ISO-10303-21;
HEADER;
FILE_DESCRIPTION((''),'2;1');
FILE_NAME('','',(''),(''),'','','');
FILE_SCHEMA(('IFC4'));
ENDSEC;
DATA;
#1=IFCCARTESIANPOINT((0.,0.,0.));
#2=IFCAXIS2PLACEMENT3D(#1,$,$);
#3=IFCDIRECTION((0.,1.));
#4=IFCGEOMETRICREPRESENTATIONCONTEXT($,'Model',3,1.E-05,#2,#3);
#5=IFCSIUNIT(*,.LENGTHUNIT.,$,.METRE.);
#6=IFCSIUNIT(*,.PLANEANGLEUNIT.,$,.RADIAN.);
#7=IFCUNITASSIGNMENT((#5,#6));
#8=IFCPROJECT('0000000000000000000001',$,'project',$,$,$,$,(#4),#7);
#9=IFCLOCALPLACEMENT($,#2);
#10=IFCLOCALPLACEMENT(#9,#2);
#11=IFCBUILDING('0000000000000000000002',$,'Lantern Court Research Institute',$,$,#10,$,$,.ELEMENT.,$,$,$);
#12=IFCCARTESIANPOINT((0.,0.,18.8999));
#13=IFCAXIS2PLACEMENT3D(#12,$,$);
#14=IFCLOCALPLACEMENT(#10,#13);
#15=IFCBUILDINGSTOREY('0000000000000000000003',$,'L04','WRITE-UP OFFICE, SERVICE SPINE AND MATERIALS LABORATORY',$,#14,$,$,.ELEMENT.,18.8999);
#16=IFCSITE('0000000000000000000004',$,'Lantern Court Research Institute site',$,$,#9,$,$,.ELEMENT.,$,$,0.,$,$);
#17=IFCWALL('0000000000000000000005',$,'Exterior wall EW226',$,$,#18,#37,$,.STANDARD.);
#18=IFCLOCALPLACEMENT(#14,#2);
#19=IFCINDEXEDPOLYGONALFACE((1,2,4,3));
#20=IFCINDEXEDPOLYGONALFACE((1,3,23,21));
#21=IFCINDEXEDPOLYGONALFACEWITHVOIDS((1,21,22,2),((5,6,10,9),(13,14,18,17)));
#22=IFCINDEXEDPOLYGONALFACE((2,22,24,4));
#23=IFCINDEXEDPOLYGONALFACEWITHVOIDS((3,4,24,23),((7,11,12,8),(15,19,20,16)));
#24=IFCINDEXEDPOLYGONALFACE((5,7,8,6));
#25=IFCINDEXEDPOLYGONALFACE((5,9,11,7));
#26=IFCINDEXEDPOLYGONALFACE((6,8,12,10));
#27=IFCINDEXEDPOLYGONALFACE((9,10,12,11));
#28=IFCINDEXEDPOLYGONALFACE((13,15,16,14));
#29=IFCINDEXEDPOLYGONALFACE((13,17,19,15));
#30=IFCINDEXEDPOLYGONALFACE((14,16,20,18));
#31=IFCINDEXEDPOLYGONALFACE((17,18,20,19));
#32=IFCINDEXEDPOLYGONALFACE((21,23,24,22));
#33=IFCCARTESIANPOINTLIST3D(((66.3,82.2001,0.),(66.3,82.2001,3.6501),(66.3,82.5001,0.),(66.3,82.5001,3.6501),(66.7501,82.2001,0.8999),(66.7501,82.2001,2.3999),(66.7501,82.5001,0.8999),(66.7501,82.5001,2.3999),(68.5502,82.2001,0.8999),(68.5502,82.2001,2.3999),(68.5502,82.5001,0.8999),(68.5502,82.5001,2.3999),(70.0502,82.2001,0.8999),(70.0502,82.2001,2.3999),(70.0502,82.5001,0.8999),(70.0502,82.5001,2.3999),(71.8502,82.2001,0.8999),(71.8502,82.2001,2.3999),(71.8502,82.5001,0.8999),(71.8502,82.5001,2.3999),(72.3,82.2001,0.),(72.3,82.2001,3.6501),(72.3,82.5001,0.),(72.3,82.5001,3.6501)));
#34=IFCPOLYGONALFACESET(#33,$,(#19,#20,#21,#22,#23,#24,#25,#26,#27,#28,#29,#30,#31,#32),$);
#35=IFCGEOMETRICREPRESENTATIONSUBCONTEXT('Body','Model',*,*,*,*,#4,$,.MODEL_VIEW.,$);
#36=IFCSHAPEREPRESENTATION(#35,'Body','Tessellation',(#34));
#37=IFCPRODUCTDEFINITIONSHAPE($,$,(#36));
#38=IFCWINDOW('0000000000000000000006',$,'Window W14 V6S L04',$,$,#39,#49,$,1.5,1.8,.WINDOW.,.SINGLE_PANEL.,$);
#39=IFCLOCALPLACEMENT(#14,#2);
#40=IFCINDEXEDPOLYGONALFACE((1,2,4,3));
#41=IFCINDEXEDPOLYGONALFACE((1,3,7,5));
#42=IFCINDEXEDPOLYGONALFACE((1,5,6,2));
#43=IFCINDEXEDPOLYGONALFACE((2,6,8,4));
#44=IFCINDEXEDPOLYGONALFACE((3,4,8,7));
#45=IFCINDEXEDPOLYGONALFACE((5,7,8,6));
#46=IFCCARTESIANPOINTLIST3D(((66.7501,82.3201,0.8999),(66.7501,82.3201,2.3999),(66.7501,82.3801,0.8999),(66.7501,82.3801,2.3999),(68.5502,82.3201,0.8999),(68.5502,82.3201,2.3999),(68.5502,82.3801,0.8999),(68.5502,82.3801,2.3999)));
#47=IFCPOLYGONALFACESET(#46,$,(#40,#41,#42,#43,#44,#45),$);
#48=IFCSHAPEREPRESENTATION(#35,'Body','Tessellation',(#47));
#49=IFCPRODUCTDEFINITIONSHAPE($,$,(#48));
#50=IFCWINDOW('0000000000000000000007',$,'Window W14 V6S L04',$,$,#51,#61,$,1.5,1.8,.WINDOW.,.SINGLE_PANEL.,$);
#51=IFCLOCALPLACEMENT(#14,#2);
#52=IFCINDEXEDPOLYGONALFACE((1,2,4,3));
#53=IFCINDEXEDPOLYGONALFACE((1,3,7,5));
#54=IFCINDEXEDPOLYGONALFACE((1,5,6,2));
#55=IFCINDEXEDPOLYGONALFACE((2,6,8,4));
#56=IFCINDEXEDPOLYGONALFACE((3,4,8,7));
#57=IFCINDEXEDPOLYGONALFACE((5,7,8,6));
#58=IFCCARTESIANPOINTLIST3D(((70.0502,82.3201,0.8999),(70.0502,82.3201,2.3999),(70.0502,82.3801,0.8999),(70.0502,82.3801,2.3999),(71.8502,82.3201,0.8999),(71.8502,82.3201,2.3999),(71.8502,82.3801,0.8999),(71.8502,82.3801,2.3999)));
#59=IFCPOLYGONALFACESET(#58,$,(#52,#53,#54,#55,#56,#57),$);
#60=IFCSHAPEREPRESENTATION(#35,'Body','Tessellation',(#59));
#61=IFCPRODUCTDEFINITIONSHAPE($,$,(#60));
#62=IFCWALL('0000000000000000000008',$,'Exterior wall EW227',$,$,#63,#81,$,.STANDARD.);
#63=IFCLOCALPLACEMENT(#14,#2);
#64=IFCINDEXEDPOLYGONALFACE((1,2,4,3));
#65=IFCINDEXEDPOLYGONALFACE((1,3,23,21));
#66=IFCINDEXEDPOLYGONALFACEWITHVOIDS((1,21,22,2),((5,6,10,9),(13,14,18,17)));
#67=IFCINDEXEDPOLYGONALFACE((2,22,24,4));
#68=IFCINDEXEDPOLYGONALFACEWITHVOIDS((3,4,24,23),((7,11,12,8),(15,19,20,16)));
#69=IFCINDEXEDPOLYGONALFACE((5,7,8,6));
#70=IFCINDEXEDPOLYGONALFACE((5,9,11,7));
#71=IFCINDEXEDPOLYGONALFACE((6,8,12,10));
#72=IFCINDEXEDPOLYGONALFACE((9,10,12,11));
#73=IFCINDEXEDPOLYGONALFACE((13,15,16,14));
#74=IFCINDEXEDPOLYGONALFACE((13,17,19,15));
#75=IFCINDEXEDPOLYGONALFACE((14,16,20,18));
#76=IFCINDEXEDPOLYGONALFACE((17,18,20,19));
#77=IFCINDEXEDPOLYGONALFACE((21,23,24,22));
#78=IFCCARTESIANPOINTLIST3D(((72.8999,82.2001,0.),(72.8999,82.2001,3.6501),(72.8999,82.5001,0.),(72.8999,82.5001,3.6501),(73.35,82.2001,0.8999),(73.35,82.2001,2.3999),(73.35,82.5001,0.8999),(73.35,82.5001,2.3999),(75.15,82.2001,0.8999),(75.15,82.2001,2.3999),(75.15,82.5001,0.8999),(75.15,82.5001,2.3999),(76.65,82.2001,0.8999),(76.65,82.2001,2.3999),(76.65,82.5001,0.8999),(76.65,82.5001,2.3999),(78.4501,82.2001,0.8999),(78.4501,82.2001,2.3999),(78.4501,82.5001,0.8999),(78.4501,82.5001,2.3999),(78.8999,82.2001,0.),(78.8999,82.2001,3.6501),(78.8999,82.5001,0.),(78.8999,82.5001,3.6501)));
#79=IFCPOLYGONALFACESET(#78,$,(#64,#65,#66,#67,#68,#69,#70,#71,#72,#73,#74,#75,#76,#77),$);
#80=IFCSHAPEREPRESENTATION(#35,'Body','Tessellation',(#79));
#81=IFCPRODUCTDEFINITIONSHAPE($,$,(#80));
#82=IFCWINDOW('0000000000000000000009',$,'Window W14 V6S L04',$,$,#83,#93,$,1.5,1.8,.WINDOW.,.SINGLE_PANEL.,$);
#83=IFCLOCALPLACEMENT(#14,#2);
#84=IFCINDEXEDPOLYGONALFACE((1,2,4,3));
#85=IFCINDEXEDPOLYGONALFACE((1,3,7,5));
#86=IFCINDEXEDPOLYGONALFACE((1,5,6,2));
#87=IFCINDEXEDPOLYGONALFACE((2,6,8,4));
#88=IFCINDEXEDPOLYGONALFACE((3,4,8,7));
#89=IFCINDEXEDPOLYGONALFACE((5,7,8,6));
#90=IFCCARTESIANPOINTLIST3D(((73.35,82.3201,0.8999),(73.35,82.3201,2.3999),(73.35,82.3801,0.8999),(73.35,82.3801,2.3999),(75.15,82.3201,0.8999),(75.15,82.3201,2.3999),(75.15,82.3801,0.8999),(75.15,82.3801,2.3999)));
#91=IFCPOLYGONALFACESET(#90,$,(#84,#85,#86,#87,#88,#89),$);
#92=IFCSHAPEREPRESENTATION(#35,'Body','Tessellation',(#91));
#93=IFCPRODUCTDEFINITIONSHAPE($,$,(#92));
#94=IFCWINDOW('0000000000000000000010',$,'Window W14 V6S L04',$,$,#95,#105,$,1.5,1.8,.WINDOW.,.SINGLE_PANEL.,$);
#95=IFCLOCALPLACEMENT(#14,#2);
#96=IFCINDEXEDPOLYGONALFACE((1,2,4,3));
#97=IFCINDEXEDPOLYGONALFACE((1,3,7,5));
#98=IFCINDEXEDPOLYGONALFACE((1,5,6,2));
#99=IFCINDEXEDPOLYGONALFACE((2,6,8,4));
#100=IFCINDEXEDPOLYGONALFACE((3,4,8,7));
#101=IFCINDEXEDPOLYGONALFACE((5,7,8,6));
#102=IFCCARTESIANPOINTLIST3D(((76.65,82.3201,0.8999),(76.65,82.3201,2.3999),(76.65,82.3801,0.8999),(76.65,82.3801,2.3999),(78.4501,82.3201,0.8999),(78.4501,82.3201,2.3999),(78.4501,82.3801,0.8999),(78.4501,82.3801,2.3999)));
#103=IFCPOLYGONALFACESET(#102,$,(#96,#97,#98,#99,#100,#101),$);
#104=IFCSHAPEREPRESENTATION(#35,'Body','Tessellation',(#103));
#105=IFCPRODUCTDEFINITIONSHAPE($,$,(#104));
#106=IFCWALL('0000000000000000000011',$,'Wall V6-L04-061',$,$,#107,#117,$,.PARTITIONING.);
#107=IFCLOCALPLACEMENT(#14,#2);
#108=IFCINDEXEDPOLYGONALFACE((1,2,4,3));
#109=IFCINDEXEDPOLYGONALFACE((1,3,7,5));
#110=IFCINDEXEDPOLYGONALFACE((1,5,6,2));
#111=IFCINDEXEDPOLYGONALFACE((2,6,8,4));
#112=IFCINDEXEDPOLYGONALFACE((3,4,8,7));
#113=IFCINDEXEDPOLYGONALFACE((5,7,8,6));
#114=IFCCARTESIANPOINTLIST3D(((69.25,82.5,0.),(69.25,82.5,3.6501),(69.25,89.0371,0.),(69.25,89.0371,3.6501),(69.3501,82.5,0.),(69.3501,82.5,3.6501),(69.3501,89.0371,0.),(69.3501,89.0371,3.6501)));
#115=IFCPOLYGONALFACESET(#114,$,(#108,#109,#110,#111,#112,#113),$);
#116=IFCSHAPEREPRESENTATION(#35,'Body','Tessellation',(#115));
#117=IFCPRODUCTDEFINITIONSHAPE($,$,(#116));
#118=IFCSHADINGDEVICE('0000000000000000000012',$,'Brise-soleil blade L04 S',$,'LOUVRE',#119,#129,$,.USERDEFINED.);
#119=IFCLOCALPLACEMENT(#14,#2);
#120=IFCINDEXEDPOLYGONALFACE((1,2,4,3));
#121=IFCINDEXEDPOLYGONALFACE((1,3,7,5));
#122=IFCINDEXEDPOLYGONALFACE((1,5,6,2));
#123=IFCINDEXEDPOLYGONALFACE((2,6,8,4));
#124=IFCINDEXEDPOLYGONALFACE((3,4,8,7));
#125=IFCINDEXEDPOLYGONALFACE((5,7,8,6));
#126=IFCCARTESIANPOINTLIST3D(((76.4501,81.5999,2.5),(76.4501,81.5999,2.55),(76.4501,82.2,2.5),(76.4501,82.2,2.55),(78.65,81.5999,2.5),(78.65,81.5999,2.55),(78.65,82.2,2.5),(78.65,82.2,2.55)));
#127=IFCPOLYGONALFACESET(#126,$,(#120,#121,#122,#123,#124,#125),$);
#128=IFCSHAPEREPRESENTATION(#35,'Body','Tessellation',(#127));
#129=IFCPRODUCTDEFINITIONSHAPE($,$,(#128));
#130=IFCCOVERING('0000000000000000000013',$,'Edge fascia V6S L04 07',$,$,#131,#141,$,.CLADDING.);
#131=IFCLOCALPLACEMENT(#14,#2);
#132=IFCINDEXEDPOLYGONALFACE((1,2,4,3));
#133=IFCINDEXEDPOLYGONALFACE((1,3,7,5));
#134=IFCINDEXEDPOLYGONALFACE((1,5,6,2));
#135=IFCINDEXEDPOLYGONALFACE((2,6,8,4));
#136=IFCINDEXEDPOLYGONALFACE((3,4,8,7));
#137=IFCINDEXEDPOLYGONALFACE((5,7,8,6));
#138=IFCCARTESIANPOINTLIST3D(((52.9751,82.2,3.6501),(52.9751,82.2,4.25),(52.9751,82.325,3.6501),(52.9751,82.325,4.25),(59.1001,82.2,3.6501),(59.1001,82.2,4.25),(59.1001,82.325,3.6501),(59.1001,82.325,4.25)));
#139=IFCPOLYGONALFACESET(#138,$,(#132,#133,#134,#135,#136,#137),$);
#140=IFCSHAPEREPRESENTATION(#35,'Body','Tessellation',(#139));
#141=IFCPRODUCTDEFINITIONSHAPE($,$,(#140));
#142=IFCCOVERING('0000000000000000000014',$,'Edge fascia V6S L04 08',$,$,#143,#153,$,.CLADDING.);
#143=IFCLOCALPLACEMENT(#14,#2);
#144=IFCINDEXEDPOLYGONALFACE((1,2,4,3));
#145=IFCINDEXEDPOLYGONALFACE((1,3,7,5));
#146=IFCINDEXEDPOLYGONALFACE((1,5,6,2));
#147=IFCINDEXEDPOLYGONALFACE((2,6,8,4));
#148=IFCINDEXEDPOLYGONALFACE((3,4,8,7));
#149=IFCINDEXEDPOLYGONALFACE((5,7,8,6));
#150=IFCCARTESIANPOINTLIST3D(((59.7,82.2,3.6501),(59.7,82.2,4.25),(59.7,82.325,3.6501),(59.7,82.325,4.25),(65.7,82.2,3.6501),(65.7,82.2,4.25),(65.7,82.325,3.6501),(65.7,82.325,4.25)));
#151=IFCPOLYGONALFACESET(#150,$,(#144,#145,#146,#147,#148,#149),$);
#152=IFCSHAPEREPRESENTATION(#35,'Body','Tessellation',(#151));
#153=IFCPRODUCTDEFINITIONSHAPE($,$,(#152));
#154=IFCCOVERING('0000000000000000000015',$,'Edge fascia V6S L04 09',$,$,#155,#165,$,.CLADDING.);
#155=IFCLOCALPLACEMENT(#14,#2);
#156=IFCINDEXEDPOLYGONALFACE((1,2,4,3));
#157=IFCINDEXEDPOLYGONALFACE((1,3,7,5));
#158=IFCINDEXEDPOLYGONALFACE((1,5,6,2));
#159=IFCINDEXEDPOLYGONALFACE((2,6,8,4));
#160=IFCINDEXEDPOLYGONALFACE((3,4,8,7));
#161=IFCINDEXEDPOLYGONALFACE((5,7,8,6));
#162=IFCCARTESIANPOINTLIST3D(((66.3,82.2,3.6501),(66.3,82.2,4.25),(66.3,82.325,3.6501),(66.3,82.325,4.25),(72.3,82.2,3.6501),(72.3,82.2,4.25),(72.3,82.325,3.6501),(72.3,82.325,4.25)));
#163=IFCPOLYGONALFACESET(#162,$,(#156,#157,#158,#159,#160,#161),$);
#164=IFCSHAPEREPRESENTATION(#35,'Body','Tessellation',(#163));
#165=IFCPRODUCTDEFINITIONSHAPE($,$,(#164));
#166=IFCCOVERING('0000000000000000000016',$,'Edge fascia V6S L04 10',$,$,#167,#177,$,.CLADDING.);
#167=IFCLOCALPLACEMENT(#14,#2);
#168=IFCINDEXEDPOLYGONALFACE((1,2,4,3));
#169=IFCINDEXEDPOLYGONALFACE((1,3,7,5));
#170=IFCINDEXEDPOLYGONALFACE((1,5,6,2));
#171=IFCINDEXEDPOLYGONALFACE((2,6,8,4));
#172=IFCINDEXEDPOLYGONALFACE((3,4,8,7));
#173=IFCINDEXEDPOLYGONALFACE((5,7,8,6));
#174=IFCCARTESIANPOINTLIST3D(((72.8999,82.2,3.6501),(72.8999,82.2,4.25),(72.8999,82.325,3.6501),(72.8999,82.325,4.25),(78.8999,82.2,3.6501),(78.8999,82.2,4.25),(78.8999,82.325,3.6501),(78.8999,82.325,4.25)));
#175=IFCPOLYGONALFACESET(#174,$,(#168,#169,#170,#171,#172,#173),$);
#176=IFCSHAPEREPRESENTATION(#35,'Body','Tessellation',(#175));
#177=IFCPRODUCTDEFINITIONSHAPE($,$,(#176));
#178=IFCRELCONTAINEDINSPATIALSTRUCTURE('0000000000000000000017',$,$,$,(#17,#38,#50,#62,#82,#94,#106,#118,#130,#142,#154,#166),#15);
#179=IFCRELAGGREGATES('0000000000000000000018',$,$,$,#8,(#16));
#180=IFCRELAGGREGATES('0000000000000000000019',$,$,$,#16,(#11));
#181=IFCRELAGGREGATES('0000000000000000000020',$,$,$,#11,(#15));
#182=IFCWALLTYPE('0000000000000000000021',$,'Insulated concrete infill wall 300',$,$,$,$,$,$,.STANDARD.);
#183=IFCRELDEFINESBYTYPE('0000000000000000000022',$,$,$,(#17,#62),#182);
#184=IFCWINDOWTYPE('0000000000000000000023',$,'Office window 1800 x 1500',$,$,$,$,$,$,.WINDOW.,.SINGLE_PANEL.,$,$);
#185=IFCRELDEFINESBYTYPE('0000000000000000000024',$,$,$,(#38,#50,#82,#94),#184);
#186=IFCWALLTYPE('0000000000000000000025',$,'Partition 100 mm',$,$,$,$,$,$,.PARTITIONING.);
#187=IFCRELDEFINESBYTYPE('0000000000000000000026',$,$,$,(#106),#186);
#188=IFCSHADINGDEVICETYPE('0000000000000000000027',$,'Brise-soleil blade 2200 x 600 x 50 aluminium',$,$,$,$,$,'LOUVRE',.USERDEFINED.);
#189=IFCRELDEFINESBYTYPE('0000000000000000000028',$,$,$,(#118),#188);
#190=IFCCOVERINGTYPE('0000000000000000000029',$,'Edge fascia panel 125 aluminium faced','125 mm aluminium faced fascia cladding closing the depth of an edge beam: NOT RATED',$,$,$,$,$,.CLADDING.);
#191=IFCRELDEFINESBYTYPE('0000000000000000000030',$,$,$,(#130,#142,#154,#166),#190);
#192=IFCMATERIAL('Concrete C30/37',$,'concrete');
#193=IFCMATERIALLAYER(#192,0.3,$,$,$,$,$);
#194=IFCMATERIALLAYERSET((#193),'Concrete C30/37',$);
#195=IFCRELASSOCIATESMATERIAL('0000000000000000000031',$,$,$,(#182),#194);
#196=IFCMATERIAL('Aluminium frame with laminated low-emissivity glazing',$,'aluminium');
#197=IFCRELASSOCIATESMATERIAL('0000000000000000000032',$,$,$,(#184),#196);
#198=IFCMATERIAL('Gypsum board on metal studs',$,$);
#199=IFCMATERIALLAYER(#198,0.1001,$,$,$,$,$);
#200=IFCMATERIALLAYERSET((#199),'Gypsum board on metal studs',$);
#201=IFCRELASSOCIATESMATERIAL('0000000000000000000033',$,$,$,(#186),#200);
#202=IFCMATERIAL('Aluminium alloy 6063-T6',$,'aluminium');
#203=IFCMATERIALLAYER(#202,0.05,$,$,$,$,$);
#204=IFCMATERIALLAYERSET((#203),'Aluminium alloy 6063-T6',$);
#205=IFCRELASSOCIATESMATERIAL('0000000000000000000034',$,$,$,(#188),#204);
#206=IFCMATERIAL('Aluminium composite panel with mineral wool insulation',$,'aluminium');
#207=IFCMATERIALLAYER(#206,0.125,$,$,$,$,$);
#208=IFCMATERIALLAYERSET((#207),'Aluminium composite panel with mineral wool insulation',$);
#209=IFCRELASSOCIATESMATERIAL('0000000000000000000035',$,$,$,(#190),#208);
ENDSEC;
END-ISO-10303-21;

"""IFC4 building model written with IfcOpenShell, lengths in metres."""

from ifc_helpers import new_model, si_unit, direction, frame, frame_2d, origin, origin_2d, place, context, subcontext, project, spatial, rectangle, extrude, material, layer, layer_set, type_object, element, fill, save


model = new_model("IFC4")

# Units and contexts
model_context = context("Model", 3, precision=1e-05, world=origin(), true_north=direction((0.0, 1.0)))
body_context = subcontext(model_context, "Body", "Model", "MODEL_VIEW")
ifc_project = project(units=[si_unit("LENGTHUNIT", "METRE"), si_unit("PLANEANGLEUNIT", "RADIAN")], contexts=[model_context])

# Site, building, storey
site_placement = place(None, origin())
site = spatial("IfcSite", under=ifc_project, at=site_placement, Name="Lantern Court Research Institute site", CompositionType="ELEMENT", RefElevation=0.0)
building_placement = place(site_placement, origin())
building = spatial("IfcBuilding", under=site, at=building_placement, Name="Lantern Court Research Institute", CompositionType="ELEMENT")
storey_placement = place(building_placement, frame((0.0, 0.0, 18.8999)))
storey = spatial("IfcBuildingStorey", under=building, at=storey_placement, Name="L04", Description="WRITE-UP OFFICE, SERVICE SPINE AND MATERIALS LABORATORY", CompositionType="ELEMENT", Elevation=18.8999)

# Walls, openings, windows
ifc_material_1 = material(Name="Concrete C30/37", Category="concrete")
ifc_layer_1 = layer(ifc_material_1, 0.3)
ifc_layer_set_1 = layer_set([ifc_layer_1], Name="Concrete C30/37")
wall_type_1 = type_object("IfcWallType", Name="Insulated concrete infill wall 300", PredefinedType="STANDARD", material=ifc_layer_set_1)
ifc_material_2 = material(Name="Aluminium frame with laminated low-emissivity glazing", Category="aluminium")
window_type = type_object("IfcWindowType", Name="Office window 1800 x 1500", PartitioningType="SINGLE_PANEL", PredefinedType="WINDOW", material=ifc_material_2)
wall_1_placement = place(storey_placement, frame((72.3, 82.3501, 0.0), z_axis=(0.0, 0.0, 1.0), x_axis=(-1.0, 0.0, 0.0)))
wall_1 = element("IfcWall", 1, at=wall_1_placement, inside=storey, type_object=wall_type_1, Name="Exterior wall EW226", PredefinedType="STANDARD", context=body_context, shape_type="SweptSolid", body=[
    extrude(rectangle(XDim=6.0, YDim=0.3, at=frame_2d((3.0, 0.0))), origin(), (0.0, 0.0, 1.0), 3.6501),
])
opening_1_placement = place(wall_1_placement, frame((3.75, 0.0, 0.8999)))
opening_1 = element("IfcOpeningElement", 2, at=opening_1_placement, cuts=wall_1, PredefinedType="OPENING", context=body_context, shape_type="SweptSolid", body=[
    extrude(rectangle(XDim=1.8, YDim=1.5, at=frame_2d((0.8999, 0.75))), frame((0.0, 0.1599, 0.0), z_axis=(0.0, -1.0, 0.0), x_axis=(1.0, 0.0, 0.0)), (0.0, 0.0, 1.0), 0.3201),
])
opening_2_placement = place(wall_1_placement, frame((0.45, 0.0, 0.8999)))
opening_2 = element("IfcOpeningElement", 3, at=opening_2_placement, cuts=wall_1, PredefinedType="OPENING", context=body_context, shape_type="SweptSolid", body=[
    extrude(rectangle(XDim=1.8, YDim=1.5, at=frame_2d((0.8999, 0.75))), frame((0.0, 0.1599, 0.0), z_axis=(0.0, -1.0, 0.0), x_axis=(1.0, 0.0, 0.0)), (0.0, 0.0, 1.0), 0.3201),
])
window_1_placement = place(opening_1_placement, origin())
window_1 = element("IfcWindow", 4, at=window_1_placement, inside=storey, type_object=window_type, Name="Window W14 V6S L04", OverallHeight=1.5, OverallWidth=1.8, PartitioningType="SINGLE_PANEL", PredefinedType="WINDOW", context=body_context, shape_type="SweptSolid", body=[
    extrude(rectangle(XDim=1.8, YDim=1.5, at=frame_2d((0.8999, 0.75))), frame((0.0, 0.03, 0.0), z_axis=(0.0, -1.0, 0.0), x_axis=(1.0, 0.0, 0.0)), (0.0, 0.0, 1.0), 0.0601),
])
fill(opening_1, window_1)
window_2_placement = place(opening_2_placement, origin())
window_2 = element("IfcWindow", 5, at=window_2_placement, inside=storey, type_object=window_type, Name="Window W14 V6S L04", OverallHeight=1.5, OverallWidth=1.8, PartitioningType="SINGLE_PANEL", PredefinedType="WINDOW", context=body_context, shape_type="SweptSolid", body=[
    extrude(rectangle(XDim=1.8, YDim=1.5, at=frame_2d((0.8999, 0.75))), frame((0.0, 0.03, 0.0), z_axis=(0.0, -1.0, 0.0), x_axis=(1.0, 0.0, 0.0)), (0.0, 0.0, 1.0), 0.0601),
])
fill(opening_2, window_2)
wall_2_placement = place(storey_placement, frame((78.8999, 82.3501, 0.0), z_axis=(0.0, 0.0, 1.0), x_axis=(-1.0, 0.0, 0.0)))
wall_2 = element("IfcWall", 6, at=wall_2_placement, inside=storey, type_object=wall_type_1, Name="Exterior wall EW227", PredefinedType="STANDARD", context=body_context, shape_type="SweptSolid", body=[
    extrude(rectangle(XDim=6.0, YDim=0.3, at=frame_2d((3.0, 0.0))), origin(), (0.0, 0.0, 1.0), 3.6501),
])
opening_3_placement = place(wall_2_placement, frame((3.75, 0.0, 0.8999)))
opening_3 = element("IfcOpeningElement", 7, at=opening_3_placement, cuts=wall_2, PredefinedType="OPENING", context=body_context, shape_type="SweptSolid", body=[
    extrude(rectangle(XDim=1.8, YDim=1.5, at=frame_2d((0.8999, 0.75))), frame((0.0, 0.1599, 0.0), z_axis=(0.0, -1.0, 0.0), x_axis=(1.0, 0.0, 0.0)), (0.0, 0.0, 1.0), 0.3201),
])
opening_4_placement = place(wall_2_placement, frame((0.45, 0.0, 0.8999)))
opening_4 = element("IfcOpeningElement", 8, at=opening_4_placement, cuts=wall_2, PredefinedType="OPENING", context=body_context, shape_type="SweptSolid", body=[
    extrude(rectangle(XDim=1.8, YDim=1.5, at=frame_2d((0.8999, 0.75))), frame((0.0, 0.1599, 0.0), z_axis=(0.0, -1.0, 0.0), x_axis=(1.0, 0.0, 0.0)), (0.0, 0.0, 1.0), 0.3201),
])
window_3_placement = place(opening_3_placement, origin())
window_3 = element("IfcWindow", 9, at=window_3_placement, inside=storey, type_object=window_type, Name="Window W14 V6S L04", OverallHeight=1.5, OverallWidth=1.8, PartitioningType="SINGLE_PANEL", PredefinedType="WINDOW", context=body_context, shape_type="SweptSolid", body=[
    extrude(rectangle(XDim=1.8, YDim=1.5, at=frame_2d((0.8999, 0.75))), frame((0.0, 0.03, 0.0), z_axis=(0.0, -1.0, 0.0), x_axis=(1.0, 0.0, 0.0)), (0.0, 0.0, 1.0), 0.0601),
])
fill(opening_3, window_3)
window_4_placement = place(opening_4_placement, origin())
window_4 = element("IfcWindow", 10, at=window_4_placement, inside=storey, type_object=window_type, Name="Window W14 V6S L04", OverallHeight=1.5, OverallWidth=1.8, PartitioningType="SINGLE_PANEL", PredefinedType="WINDOW", context=body_context, shape_type="SweptSolid", body=[
    extrude(rectangle(XDim=1.8, YDim=1.5, at=frame_2d((0.8999, 0.75))), frame((0.0, 0.03, 0.0), z_axis=(0.0, -1.0, 0.0), x_axis=(1.0, 0.0, 0.0)), (0.0, 0.0, 1.0), 0.0601),
])
fill(opening_4, window_4)

# Wall
ifc_material_3 = material(Name="Gypsum board on metal studs")
ifc_layer_2 = layer(ifc_material_3, 0.1001)
ifc_layer_set_2 = layer_set([ifc_layer_2], Name="Gypsum board on metal studs")
wall_type_2 = type_object("IfcWallType", Name="Partition 100 mm", PredefinedType="PARTITIONING", material=ifc_layer_set_2)
wall_3_placement = place(storey_placement, frame((69.3, 82.5, 0.0), z_axis=(0.0, 0.0, 1.0), x_axis=(0.0, 1.0, 0.0)))
element("IfcWall", 11, at=wall_3_placement, inside=storey, type_object=wall_type_2, Name="Wall V6-L04-061", PredefinedType="PARTITIONING", context=body_context, shape_type="SweptSolid", body=[
    extrude(rectangle(XDim=6.5371, YDim=0.1001, at=frame_2d((3.2686, 0.0))), origin(), (0.0, 0.0, 1.0), 3.6501),
])

# Shading device
ifc_material_4 = material(Name="Aluminium alloy 6063-T6", Category="aluminium")
ifc_layer_3 = layer(ifc_material_4, 0.05)
ifc_layer_set_3 = layer_set([ifc_layer_3], Name="Aluminium alloy 6063-T6")
shading_device_type = type_object("IfcShadingDeviceType", Name="Brise-soleil blade 2200 x 600 x 50 aluminium", ElementType="LOUVRE", PredefinedType="USERDEFINED", material=ifc_layer_set_3)
shading_device_placement = place(storey_placement, frame((77.55, 81.8999, 2.5), z_axis=(0.0, 0.0, 1.0), x_axis=(-1.0, 0.0, 0.0)))
element("IfcShadingDevice", 12, at=shading_device_placement, inside=storey, type_object=shading_device_type, Name="Brise-soleil blade L04 S", ObjectType="LOUVRE", PredefinedType="USERDEFINED", context=body_context, shape_type="SweptSolid", body=[
    extrude(rectangle(XDim=2.2, YDim=0.6001, at=origin_2d()), origin(), (0.0, 0.0, 1.0), 0.05),
])

# Coverings
ifc_material_5 = material(Name="Aluminium composite panel with mineral wool insulation", Category="aluminium")
ifc_layer_4 = layer(ifc_material_5, 0.125)
ifc_layer_set_4 = layer_set([ifc_layer_4], Name="Aluminium composite panel with mineral wool insulation")
covering_type_1 = type_object("IfcCoveringType", Name="Edge fascia panel 125 aluminium faced", Description="125 mm aluminium faced fascia cladding closing the depth of an edge beam: NOT RATED", PredefinedType="CLADDING", material=ifc_layer_set_4)
covering_1_placement = place(storey_placement, frame((59.1001, 82.2625, 3.6501), z_axis=(0.0, 0.0, 1.0), x_axis=(-1.0, 0.0, 0.0)))
element("IfcCovering", 13, at=covering_1_placement, inside=storey, type_object=covering_type_1, Name="Edge fascia V6S L04 07", PredefinedType="CLADDING", context=body_context, shape_type="SweptSolid", body=[
    extrude(rectangle(XDim=6.125, YDim=0.125, at=frame_2d((3.0625, 0.0))), origin(), (0.0, 0.0, 1.0), 0.5999),
])
for number, where, z_axis, x_axis, name in (
    (14, (65.7, 82.2625, 3.6501), (0.0, 0.0, 1.0), (-1.0, 0.0, 0.0), "Edge fascia V6S L04 08"),
    (15, (72.3, 82.2625, 3.6501), (0.0, 0.0, 1.0), (-1.0, 0.0, 0.0), "Edge fascia V6S L04 09"),
    (16, (78.8999, 82.2625, 3.6501), (0.0, 0.0, 1.0), (-1.0, 0.0, 0.0), "Edge fascia V6S L04 10"),
):
    element("IfcCovering", number, at=place(storey_placement, frame(where, z_axis=z_axis, x_axis=x_axis)), inside=storey, type_object=covering_type_1, Name=name, PredefinedType="CLADDING", context=body_context, shape_type="SweptSolid", body=[
        extrude(rectangle(XDim=6.0, YDim=0.125, at=frame_2d((3.0, 0.0))), origin(), (0.0, 0.0, 1.0), 0.5999),
    ])

save(model, "model.ifc")
